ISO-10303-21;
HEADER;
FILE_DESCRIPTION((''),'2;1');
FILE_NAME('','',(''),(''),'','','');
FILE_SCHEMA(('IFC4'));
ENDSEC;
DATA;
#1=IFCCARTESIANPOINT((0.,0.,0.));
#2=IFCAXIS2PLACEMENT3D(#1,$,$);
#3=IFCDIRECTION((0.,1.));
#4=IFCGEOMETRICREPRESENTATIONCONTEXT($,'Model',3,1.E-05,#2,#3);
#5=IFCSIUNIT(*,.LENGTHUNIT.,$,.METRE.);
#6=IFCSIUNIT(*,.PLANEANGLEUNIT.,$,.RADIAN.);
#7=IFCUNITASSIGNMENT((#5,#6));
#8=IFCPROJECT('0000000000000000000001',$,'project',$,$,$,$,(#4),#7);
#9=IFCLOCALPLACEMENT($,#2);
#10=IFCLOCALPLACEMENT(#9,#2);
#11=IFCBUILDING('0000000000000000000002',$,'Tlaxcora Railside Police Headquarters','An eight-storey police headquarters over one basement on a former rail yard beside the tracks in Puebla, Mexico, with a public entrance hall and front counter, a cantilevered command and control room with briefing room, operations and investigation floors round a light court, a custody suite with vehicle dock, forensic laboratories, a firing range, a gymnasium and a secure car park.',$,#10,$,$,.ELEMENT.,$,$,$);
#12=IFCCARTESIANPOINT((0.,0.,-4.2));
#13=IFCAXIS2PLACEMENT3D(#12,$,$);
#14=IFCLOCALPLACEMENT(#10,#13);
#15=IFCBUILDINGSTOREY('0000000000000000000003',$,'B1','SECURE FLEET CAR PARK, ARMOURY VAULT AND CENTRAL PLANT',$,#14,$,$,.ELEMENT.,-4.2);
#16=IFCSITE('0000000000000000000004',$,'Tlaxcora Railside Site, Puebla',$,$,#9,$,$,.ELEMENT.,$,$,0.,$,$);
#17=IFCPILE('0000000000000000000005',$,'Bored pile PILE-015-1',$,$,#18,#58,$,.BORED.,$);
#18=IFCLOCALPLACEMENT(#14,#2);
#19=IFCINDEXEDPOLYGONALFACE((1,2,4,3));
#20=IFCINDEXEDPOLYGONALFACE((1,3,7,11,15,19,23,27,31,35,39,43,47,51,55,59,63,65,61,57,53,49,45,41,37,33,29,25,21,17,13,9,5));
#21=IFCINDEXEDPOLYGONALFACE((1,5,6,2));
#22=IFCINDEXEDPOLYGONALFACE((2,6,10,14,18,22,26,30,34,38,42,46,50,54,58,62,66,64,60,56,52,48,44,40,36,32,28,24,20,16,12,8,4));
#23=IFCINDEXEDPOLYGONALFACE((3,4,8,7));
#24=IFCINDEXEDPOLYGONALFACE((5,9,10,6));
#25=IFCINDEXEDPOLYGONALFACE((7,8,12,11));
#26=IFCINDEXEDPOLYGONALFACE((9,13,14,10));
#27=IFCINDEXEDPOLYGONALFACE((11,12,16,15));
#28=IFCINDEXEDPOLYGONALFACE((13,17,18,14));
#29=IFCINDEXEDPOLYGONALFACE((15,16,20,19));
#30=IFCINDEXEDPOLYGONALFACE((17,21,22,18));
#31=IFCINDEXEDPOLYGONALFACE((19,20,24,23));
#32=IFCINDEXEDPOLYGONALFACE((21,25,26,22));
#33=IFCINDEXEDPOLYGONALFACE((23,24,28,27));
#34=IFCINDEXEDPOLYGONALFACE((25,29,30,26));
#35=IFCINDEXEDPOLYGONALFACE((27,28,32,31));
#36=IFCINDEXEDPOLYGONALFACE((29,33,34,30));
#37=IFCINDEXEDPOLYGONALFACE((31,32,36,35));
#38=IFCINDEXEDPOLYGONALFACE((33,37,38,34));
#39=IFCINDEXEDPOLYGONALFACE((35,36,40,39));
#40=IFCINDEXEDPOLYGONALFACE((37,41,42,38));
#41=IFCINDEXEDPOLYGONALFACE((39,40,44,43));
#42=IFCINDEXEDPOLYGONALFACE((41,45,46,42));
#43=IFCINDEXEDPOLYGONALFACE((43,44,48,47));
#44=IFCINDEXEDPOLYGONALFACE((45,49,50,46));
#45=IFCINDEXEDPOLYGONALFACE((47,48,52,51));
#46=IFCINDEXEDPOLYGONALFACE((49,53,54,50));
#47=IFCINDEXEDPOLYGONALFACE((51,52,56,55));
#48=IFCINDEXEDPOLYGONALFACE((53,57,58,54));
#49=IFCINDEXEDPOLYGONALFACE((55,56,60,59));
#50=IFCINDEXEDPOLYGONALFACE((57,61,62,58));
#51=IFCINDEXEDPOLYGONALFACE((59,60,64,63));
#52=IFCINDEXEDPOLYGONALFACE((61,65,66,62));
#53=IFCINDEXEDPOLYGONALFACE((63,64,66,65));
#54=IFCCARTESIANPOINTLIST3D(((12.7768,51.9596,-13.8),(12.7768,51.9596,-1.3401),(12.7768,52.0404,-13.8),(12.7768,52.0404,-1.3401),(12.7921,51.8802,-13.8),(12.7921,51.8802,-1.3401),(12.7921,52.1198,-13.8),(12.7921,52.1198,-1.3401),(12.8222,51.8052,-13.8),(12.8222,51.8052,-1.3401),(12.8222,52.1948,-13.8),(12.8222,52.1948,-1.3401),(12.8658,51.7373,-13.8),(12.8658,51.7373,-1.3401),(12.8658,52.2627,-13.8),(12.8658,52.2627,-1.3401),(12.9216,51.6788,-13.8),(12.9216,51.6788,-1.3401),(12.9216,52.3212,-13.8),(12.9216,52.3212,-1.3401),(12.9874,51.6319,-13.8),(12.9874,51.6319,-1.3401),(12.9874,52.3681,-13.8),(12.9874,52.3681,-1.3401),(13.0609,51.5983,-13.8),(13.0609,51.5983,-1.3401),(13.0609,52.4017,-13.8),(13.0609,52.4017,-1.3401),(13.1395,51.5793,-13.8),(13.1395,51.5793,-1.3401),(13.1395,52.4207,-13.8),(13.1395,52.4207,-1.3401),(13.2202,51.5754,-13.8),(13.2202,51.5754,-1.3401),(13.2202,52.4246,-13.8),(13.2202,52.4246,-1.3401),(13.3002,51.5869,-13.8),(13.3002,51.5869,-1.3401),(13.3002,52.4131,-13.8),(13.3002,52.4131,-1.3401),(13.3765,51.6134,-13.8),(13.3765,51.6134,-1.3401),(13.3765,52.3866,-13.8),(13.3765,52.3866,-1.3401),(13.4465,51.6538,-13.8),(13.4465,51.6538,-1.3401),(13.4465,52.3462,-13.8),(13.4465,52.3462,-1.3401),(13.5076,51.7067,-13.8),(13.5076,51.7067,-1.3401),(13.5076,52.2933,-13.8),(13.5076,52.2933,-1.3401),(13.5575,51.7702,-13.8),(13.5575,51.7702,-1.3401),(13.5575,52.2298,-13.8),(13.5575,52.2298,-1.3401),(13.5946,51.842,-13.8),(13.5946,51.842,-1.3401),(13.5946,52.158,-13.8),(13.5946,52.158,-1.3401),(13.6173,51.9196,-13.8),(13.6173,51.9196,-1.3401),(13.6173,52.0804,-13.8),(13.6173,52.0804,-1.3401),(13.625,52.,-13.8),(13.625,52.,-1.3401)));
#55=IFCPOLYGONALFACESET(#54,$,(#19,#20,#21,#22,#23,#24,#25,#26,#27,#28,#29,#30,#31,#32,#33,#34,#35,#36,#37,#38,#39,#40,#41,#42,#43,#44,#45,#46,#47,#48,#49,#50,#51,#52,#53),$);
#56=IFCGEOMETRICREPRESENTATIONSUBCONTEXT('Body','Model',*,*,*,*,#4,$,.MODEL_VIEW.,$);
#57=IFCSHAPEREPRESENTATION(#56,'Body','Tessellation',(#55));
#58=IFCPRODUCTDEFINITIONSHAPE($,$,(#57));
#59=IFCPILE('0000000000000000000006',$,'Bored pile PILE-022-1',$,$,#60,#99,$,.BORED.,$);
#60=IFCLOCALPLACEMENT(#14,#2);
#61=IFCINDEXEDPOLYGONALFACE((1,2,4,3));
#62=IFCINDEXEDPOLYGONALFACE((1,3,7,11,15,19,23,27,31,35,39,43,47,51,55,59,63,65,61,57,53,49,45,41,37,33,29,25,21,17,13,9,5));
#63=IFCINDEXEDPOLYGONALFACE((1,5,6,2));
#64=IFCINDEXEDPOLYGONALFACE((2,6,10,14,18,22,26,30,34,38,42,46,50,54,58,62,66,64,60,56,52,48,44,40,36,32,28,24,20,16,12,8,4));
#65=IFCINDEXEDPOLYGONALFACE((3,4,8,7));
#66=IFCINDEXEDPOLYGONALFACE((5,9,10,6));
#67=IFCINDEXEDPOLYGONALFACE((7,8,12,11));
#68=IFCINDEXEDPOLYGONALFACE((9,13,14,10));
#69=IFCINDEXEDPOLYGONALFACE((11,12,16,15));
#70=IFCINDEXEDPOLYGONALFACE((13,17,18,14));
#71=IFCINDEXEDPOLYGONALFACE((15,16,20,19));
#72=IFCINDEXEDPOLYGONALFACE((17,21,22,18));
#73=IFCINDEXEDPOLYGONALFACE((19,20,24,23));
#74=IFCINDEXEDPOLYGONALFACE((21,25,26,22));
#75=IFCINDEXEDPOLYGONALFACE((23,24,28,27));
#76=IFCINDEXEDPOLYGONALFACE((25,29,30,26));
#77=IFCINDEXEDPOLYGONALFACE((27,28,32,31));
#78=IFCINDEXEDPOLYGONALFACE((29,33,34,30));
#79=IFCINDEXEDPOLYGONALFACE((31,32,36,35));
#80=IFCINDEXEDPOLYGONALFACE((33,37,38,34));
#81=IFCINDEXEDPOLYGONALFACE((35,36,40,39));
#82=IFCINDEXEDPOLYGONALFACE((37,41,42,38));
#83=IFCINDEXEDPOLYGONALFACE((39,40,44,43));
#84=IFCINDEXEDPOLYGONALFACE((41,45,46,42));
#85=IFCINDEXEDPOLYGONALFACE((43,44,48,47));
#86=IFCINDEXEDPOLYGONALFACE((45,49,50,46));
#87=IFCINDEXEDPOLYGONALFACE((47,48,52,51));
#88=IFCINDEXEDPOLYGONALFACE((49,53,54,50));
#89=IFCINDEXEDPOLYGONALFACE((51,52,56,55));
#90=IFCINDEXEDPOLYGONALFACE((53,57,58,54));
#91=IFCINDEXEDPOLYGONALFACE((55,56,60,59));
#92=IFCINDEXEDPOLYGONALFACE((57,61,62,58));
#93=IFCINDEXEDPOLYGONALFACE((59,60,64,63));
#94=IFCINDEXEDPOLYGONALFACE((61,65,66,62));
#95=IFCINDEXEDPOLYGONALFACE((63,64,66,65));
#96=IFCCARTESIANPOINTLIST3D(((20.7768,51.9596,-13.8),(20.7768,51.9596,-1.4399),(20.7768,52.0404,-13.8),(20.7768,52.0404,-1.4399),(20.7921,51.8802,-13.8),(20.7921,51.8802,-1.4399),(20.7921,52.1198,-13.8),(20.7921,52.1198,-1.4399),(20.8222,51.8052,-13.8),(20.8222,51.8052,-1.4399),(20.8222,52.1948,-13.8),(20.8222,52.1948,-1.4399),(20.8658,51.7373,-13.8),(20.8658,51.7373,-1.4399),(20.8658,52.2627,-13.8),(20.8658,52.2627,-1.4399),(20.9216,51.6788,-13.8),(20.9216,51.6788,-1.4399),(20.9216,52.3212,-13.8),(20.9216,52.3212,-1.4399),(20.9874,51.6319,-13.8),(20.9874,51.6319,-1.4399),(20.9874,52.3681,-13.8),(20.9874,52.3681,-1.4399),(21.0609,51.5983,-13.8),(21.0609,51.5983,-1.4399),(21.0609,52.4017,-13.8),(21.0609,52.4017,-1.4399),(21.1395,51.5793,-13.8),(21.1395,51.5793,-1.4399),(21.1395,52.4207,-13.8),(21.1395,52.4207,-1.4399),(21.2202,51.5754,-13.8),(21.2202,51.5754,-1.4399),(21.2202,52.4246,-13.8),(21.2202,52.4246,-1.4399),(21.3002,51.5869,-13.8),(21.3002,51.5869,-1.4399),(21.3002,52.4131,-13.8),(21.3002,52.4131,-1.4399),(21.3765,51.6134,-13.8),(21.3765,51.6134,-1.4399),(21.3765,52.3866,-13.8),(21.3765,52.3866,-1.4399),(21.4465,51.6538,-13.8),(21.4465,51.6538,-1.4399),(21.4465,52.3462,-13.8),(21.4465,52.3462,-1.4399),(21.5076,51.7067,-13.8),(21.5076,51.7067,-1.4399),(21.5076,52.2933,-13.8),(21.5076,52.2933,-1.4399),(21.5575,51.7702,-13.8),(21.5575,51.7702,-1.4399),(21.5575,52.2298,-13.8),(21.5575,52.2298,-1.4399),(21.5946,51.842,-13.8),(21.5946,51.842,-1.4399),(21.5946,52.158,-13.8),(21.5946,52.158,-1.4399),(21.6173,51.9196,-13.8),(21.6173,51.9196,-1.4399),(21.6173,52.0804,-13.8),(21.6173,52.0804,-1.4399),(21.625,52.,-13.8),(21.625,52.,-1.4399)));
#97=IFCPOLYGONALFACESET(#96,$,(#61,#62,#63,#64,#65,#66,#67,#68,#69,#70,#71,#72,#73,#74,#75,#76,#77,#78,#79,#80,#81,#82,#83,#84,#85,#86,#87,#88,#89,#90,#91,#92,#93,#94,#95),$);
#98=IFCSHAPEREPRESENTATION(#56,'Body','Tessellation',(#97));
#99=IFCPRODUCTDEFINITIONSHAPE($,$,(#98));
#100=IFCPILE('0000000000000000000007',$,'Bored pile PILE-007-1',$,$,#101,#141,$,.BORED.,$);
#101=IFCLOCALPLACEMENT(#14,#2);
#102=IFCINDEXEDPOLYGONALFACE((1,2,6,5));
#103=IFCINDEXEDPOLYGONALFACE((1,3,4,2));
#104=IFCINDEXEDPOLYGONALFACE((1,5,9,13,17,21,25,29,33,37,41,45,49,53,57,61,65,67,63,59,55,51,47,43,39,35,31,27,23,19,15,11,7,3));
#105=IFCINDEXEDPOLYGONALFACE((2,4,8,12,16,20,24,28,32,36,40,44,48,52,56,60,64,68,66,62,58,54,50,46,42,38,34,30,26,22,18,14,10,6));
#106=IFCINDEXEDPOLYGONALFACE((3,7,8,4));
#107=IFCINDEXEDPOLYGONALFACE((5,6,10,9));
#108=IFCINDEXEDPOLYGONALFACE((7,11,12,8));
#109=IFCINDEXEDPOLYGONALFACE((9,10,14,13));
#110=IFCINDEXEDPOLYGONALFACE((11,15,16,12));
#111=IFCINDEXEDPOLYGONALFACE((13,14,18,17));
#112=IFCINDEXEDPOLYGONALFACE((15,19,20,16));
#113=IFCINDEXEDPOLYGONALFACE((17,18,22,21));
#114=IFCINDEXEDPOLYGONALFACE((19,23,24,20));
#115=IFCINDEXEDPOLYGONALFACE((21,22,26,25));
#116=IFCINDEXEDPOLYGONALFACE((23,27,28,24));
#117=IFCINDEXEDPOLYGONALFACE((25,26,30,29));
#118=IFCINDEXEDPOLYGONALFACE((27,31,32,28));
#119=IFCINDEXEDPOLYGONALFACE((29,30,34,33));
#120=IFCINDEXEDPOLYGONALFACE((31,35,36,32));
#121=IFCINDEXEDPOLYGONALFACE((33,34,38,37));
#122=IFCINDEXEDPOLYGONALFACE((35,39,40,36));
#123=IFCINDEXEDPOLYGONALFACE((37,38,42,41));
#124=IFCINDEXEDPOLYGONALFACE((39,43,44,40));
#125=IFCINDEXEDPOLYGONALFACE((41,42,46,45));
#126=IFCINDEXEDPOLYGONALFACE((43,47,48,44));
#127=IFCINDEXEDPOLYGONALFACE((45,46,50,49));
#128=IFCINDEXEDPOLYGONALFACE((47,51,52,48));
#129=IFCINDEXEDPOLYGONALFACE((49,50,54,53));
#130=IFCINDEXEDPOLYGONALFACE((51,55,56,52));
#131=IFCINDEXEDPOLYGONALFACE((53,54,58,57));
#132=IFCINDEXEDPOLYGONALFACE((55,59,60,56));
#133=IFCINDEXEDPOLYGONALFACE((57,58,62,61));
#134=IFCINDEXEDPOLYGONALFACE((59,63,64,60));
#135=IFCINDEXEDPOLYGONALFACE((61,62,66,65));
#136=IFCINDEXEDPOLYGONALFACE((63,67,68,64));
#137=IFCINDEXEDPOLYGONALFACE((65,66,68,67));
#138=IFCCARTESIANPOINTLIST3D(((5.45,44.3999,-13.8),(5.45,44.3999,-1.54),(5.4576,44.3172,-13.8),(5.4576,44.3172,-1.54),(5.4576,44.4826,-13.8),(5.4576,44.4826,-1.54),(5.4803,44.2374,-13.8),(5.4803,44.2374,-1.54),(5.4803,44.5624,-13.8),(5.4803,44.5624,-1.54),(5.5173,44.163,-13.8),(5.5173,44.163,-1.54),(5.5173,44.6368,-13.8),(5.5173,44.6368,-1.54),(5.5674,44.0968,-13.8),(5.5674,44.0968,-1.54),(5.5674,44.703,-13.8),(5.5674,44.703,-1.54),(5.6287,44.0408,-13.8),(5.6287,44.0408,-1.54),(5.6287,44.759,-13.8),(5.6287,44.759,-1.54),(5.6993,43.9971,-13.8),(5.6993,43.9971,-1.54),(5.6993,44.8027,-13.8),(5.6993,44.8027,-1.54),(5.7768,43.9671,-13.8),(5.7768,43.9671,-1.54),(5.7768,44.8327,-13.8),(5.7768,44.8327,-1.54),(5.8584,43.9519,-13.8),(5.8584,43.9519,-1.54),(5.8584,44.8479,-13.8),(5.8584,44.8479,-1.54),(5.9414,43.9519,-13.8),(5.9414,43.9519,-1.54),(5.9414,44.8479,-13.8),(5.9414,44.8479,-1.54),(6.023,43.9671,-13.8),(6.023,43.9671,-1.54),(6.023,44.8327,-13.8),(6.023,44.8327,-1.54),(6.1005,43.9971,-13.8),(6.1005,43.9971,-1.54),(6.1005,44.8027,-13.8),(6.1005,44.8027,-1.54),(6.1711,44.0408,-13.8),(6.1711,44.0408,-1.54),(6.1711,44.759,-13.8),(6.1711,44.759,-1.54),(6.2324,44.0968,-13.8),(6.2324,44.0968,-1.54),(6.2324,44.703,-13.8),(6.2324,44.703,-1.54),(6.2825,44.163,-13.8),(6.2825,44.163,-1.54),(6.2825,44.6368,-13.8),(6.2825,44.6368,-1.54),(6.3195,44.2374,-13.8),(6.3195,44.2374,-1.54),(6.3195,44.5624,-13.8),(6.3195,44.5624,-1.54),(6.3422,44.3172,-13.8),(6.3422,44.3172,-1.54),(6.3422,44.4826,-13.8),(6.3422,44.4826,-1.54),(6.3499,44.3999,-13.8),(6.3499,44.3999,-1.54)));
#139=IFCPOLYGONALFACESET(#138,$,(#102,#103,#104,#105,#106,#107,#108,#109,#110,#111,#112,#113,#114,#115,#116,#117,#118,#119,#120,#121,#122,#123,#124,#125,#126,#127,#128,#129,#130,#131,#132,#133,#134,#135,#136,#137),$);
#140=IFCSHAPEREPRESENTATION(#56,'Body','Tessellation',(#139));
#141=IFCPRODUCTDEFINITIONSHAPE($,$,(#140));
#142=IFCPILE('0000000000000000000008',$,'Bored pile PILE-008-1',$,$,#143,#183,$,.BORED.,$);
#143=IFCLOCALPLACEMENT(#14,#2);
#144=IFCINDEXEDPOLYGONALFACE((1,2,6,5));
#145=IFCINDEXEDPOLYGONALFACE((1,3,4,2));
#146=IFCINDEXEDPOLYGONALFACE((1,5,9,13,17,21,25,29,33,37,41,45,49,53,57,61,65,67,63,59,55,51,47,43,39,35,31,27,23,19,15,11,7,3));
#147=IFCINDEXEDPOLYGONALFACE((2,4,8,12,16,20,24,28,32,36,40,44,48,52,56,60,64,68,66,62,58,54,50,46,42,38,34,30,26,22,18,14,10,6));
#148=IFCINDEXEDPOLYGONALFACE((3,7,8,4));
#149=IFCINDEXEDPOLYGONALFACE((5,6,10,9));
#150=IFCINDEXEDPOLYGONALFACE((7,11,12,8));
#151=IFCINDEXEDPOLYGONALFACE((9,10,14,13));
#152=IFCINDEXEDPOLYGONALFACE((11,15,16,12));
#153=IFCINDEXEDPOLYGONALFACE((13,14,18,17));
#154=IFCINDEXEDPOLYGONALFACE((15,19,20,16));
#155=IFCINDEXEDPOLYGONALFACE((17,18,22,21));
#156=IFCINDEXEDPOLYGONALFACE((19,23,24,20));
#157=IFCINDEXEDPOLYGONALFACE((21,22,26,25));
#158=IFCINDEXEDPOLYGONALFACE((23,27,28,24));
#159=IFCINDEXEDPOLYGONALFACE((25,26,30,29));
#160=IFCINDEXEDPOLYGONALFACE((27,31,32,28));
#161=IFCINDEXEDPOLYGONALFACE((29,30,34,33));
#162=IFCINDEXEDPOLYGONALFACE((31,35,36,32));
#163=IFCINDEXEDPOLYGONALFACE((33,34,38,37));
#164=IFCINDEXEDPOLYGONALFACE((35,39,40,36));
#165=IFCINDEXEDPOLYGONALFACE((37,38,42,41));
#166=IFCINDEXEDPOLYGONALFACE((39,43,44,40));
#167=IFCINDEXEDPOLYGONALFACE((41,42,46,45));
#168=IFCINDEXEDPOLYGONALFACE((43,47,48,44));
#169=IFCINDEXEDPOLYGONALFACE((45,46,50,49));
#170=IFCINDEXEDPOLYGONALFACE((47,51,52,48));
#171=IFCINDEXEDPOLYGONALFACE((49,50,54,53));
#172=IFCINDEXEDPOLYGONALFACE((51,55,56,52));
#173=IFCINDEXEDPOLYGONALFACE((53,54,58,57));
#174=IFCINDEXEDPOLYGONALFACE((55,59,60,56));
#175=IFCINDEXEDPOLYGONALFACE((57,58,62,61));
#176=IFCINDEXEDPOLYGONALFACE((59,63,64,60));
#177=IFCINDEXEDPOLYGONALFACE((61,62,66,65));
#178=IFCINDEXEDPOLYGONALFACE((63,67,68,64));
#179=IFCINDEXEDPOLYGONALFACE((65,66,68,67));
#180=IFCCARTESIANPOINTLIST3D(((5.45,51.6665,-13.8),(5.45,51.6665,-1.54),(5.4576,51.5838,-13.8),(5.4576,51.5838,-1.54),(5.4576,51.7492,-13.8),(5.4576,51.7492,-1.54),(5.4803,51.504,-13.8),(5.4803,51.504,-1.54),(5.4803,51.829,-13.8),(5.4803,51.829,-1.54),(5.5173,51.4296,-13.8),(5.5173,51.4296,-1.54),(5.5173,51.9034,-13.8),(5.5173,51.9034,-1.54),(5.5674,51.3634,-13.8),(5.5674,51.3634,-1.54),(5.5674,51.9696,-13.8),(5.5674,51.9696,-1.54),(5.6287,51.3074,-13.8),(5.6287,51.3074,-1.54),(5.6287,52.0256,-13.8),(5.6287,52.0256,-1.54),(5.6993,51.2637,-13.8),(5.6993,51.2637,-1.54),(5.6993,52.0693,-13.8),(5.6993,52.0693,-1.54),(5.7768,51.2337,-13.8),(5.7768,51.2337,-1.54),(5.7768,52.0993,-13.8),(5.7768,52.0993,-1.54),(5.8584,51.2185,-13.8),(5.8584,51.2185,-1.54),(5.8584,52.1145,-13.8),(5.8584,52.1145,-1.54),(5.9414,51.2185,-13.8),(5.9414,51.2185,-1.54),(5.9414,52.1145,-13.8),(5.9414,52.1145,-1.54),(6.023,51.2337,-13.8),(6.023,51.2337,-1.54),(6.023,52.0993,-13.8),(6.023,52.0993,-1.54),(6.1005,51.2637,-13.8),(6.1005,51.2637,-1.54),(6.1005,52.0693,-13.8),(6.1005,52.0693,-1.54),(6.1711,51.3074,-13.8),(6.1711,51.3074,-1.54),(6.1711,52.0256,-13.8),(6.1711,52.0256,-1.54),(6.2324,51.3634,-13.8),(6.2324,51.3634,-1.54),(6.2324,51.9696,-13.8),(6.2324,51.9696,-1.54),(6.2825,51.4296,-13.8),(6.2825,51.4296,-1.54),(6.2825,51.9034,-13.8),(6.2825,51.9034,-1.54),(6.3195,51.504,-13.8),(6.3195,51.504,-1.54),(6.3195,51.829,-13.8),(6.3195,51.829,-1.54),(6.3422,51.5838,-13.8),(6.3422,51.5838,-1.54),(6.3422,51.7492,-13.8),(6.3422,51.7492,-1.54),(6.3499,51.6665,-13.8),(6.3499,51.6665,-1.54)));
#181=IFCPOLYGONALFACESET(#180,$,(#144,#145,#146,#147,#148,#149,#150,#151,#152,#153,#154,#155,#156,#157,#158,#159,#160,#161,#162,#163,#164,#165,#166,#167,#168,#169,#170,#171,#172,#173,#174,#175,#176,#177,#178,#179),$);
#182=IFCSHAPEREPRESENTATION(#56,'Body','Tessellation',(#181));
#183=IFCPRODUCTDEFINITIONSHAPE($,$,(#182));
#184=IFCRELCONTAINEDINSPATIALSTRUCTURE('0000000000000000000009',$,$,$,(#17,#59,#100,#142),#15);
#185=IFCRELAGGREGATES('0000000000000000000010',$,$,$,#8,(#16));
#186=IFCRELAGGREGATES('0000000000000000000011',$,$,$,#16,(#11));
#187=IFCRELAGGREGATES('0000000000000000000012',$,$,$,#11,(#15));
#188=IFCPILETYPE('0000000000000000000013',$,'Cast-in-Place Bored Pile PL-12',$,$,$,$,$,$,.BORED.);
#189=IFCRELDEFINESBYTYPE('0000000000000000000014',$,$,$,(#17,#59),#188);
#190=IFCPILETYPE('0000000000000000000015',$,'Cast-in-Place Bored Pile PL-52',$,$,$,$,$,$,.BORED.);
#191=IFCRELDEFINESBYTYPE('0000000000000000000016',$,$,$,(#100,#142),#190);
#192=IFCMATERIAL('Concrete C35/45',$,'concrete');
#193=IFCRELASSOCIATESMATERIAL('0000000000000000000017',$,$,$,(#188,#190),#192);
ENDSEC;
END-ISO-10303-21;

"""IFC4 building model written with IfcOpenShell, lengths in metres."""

from ifc_helpers import new_model, si_unit, direction, frame, origin, origin_2d, place, context, subcontext, project, spatial, circle, extrude, material, material_profile, profile_set, type_object, element, save


model = new_model("IFC4")

# Units and contexts
model_context = context("Model", 3, precision=1e-05, world=origin(), true_north=direction((0.0, 1.0)))
body_context = subcontext(model_context, "Body", "Model", "MODEL_VIEW")
ifc_project = project(units=[si_unit("LENGTHUNIT", "METRE"), si_unit("PLANEANGLEUNIT", "RADIAN")], contexts=[model_context])

# Site, building, storey
site_placement = place(None, origin())
site = spatial("IfcSite", under=ifc_project, at=site_placement, Name="Tlaxcora Railside Site, Puebla", CompositionType="ELEMENT", RefElevation=0.0)
building_placement = place(site_placement, origin())
building = spatial("IfcBuilding", under=site, at=building_placement, Name="Tlaxcora Railside Police Headquarters", Description="An eight-storey police headquarters over one basement on a former rail yard beside the tracks in Puebla, Mexico, with a public entrance hall and front counter, a cantilevered command and control room with briefing room, operations and investigation floors round a light court, a custody suite with vehicle dock, forensic laboratories, a firing range, a gymnasium and a secure car park.", CompositionType="ELEMENT")
storey_placement = place(building_placement, frame((0.0, 0.0, -4.2)))
storey = spatial("IfcBuildingStorey", under=building, at=storey_placement, Name="B1", Description="SECURE FLEET CAR PARK, ARMOURY VAULT AND CENTRAL PLANT", CompositionType="ELEMENT", Elevation=-4.2)

# Piles
ifc_material_1 = material(Name="Concrete C35/45", Category="concrete")
ifc_material_profile_1 = material_profile(ifc_material_1, circle(Radius=0.425, at=origin_2d()), Name="PILE850")
ifc_profile_set_1 = profile_set([ifc_material_profile_1], Name="Concrete C35/45")
pile_type_1 = type_object("IfcPileType", Name="Cast-in-Place Bored Pile PL-12", PredefinedType="BORED", material=ifc_profile_set_1)
pile_1_placement = place(storey_placement, frame((13.2, 52.0, -1.3401), z_axis=(0.0, 0.0, -1.0), x_axis=(1.0, 0.0, 0.0)))
element("IfcPile", 1, at=pile_1_placement, inside=storey, type_object=pile_type_1, Name="Bored pile PILE-015-1", PredefinedType="BORED", context=body_context, shape_type="SweptSolid", body=[
    extrude(circle(Radius=0.425, at=origin_2d()), origin(), (0.0, 0.0, 1.0), 12.46),
])
pile_2_placement = place(storey_placement, frame((21.2, 52.0, -1.4399), z_axis=(0.0, 0.0, -1.0), x_axis=(1.0, 0.0, 0.0)))
element("IfcPile", 2, at=pile_2_placement, inside=storey, type_object=pile_type_1, Name="Bored pile PILE-022-1", PredefinedType="BORED", context=body_context, shape_type="SweptSolid", body=[
    extrude(circle(Radius=0.425, at=origin_2d()), origin(), (0.0, 0.0, 1.0), 12.3601),
])
ifc_material_profile_2 = material_profile(ifc_material_1, circle(Radius=0.45, at=origin_2d()), Name="PILE900")
ifc_profile_set_2 = profile_set([ifc_material_profile_2], Name="Concrete C35/45")
pile_type_2 = type_object("IfcPileType", Name="Cast-in-Place Bored Pile PL-52", PredefinedType="BORED", material=ifc_profile_set_2)
for number, where, z_axis, x_axis, name in (
    (3, (5.8999, 44.3999, -1.54), (0.0, 0.0, -1.0), (1.0, 0.0, 0.0), "Bored pile PILE-007-1"),
    (4, (5.8999, 51.6665, -1.54), (0.0, 0.0, -1.0), (1.0, 0.0, 0.0), "Bored pile PILE-008-1"),
):
    element("IfcPile", number, at=place(storey_placement, frame(where, z_axis=z_axis, x_axis=x_axis)), inside=storey, type_object=pile_type_2, Name=name, PredefinedType="BORED", context=body_context, shape_type="SweptSolid", body=[
        extrude(circle(Radius=0.45, at=origin_2d()), origin(), (0.0, 0.0, 1.0), 12.26),
    ])

save(model, "model.ifc")
